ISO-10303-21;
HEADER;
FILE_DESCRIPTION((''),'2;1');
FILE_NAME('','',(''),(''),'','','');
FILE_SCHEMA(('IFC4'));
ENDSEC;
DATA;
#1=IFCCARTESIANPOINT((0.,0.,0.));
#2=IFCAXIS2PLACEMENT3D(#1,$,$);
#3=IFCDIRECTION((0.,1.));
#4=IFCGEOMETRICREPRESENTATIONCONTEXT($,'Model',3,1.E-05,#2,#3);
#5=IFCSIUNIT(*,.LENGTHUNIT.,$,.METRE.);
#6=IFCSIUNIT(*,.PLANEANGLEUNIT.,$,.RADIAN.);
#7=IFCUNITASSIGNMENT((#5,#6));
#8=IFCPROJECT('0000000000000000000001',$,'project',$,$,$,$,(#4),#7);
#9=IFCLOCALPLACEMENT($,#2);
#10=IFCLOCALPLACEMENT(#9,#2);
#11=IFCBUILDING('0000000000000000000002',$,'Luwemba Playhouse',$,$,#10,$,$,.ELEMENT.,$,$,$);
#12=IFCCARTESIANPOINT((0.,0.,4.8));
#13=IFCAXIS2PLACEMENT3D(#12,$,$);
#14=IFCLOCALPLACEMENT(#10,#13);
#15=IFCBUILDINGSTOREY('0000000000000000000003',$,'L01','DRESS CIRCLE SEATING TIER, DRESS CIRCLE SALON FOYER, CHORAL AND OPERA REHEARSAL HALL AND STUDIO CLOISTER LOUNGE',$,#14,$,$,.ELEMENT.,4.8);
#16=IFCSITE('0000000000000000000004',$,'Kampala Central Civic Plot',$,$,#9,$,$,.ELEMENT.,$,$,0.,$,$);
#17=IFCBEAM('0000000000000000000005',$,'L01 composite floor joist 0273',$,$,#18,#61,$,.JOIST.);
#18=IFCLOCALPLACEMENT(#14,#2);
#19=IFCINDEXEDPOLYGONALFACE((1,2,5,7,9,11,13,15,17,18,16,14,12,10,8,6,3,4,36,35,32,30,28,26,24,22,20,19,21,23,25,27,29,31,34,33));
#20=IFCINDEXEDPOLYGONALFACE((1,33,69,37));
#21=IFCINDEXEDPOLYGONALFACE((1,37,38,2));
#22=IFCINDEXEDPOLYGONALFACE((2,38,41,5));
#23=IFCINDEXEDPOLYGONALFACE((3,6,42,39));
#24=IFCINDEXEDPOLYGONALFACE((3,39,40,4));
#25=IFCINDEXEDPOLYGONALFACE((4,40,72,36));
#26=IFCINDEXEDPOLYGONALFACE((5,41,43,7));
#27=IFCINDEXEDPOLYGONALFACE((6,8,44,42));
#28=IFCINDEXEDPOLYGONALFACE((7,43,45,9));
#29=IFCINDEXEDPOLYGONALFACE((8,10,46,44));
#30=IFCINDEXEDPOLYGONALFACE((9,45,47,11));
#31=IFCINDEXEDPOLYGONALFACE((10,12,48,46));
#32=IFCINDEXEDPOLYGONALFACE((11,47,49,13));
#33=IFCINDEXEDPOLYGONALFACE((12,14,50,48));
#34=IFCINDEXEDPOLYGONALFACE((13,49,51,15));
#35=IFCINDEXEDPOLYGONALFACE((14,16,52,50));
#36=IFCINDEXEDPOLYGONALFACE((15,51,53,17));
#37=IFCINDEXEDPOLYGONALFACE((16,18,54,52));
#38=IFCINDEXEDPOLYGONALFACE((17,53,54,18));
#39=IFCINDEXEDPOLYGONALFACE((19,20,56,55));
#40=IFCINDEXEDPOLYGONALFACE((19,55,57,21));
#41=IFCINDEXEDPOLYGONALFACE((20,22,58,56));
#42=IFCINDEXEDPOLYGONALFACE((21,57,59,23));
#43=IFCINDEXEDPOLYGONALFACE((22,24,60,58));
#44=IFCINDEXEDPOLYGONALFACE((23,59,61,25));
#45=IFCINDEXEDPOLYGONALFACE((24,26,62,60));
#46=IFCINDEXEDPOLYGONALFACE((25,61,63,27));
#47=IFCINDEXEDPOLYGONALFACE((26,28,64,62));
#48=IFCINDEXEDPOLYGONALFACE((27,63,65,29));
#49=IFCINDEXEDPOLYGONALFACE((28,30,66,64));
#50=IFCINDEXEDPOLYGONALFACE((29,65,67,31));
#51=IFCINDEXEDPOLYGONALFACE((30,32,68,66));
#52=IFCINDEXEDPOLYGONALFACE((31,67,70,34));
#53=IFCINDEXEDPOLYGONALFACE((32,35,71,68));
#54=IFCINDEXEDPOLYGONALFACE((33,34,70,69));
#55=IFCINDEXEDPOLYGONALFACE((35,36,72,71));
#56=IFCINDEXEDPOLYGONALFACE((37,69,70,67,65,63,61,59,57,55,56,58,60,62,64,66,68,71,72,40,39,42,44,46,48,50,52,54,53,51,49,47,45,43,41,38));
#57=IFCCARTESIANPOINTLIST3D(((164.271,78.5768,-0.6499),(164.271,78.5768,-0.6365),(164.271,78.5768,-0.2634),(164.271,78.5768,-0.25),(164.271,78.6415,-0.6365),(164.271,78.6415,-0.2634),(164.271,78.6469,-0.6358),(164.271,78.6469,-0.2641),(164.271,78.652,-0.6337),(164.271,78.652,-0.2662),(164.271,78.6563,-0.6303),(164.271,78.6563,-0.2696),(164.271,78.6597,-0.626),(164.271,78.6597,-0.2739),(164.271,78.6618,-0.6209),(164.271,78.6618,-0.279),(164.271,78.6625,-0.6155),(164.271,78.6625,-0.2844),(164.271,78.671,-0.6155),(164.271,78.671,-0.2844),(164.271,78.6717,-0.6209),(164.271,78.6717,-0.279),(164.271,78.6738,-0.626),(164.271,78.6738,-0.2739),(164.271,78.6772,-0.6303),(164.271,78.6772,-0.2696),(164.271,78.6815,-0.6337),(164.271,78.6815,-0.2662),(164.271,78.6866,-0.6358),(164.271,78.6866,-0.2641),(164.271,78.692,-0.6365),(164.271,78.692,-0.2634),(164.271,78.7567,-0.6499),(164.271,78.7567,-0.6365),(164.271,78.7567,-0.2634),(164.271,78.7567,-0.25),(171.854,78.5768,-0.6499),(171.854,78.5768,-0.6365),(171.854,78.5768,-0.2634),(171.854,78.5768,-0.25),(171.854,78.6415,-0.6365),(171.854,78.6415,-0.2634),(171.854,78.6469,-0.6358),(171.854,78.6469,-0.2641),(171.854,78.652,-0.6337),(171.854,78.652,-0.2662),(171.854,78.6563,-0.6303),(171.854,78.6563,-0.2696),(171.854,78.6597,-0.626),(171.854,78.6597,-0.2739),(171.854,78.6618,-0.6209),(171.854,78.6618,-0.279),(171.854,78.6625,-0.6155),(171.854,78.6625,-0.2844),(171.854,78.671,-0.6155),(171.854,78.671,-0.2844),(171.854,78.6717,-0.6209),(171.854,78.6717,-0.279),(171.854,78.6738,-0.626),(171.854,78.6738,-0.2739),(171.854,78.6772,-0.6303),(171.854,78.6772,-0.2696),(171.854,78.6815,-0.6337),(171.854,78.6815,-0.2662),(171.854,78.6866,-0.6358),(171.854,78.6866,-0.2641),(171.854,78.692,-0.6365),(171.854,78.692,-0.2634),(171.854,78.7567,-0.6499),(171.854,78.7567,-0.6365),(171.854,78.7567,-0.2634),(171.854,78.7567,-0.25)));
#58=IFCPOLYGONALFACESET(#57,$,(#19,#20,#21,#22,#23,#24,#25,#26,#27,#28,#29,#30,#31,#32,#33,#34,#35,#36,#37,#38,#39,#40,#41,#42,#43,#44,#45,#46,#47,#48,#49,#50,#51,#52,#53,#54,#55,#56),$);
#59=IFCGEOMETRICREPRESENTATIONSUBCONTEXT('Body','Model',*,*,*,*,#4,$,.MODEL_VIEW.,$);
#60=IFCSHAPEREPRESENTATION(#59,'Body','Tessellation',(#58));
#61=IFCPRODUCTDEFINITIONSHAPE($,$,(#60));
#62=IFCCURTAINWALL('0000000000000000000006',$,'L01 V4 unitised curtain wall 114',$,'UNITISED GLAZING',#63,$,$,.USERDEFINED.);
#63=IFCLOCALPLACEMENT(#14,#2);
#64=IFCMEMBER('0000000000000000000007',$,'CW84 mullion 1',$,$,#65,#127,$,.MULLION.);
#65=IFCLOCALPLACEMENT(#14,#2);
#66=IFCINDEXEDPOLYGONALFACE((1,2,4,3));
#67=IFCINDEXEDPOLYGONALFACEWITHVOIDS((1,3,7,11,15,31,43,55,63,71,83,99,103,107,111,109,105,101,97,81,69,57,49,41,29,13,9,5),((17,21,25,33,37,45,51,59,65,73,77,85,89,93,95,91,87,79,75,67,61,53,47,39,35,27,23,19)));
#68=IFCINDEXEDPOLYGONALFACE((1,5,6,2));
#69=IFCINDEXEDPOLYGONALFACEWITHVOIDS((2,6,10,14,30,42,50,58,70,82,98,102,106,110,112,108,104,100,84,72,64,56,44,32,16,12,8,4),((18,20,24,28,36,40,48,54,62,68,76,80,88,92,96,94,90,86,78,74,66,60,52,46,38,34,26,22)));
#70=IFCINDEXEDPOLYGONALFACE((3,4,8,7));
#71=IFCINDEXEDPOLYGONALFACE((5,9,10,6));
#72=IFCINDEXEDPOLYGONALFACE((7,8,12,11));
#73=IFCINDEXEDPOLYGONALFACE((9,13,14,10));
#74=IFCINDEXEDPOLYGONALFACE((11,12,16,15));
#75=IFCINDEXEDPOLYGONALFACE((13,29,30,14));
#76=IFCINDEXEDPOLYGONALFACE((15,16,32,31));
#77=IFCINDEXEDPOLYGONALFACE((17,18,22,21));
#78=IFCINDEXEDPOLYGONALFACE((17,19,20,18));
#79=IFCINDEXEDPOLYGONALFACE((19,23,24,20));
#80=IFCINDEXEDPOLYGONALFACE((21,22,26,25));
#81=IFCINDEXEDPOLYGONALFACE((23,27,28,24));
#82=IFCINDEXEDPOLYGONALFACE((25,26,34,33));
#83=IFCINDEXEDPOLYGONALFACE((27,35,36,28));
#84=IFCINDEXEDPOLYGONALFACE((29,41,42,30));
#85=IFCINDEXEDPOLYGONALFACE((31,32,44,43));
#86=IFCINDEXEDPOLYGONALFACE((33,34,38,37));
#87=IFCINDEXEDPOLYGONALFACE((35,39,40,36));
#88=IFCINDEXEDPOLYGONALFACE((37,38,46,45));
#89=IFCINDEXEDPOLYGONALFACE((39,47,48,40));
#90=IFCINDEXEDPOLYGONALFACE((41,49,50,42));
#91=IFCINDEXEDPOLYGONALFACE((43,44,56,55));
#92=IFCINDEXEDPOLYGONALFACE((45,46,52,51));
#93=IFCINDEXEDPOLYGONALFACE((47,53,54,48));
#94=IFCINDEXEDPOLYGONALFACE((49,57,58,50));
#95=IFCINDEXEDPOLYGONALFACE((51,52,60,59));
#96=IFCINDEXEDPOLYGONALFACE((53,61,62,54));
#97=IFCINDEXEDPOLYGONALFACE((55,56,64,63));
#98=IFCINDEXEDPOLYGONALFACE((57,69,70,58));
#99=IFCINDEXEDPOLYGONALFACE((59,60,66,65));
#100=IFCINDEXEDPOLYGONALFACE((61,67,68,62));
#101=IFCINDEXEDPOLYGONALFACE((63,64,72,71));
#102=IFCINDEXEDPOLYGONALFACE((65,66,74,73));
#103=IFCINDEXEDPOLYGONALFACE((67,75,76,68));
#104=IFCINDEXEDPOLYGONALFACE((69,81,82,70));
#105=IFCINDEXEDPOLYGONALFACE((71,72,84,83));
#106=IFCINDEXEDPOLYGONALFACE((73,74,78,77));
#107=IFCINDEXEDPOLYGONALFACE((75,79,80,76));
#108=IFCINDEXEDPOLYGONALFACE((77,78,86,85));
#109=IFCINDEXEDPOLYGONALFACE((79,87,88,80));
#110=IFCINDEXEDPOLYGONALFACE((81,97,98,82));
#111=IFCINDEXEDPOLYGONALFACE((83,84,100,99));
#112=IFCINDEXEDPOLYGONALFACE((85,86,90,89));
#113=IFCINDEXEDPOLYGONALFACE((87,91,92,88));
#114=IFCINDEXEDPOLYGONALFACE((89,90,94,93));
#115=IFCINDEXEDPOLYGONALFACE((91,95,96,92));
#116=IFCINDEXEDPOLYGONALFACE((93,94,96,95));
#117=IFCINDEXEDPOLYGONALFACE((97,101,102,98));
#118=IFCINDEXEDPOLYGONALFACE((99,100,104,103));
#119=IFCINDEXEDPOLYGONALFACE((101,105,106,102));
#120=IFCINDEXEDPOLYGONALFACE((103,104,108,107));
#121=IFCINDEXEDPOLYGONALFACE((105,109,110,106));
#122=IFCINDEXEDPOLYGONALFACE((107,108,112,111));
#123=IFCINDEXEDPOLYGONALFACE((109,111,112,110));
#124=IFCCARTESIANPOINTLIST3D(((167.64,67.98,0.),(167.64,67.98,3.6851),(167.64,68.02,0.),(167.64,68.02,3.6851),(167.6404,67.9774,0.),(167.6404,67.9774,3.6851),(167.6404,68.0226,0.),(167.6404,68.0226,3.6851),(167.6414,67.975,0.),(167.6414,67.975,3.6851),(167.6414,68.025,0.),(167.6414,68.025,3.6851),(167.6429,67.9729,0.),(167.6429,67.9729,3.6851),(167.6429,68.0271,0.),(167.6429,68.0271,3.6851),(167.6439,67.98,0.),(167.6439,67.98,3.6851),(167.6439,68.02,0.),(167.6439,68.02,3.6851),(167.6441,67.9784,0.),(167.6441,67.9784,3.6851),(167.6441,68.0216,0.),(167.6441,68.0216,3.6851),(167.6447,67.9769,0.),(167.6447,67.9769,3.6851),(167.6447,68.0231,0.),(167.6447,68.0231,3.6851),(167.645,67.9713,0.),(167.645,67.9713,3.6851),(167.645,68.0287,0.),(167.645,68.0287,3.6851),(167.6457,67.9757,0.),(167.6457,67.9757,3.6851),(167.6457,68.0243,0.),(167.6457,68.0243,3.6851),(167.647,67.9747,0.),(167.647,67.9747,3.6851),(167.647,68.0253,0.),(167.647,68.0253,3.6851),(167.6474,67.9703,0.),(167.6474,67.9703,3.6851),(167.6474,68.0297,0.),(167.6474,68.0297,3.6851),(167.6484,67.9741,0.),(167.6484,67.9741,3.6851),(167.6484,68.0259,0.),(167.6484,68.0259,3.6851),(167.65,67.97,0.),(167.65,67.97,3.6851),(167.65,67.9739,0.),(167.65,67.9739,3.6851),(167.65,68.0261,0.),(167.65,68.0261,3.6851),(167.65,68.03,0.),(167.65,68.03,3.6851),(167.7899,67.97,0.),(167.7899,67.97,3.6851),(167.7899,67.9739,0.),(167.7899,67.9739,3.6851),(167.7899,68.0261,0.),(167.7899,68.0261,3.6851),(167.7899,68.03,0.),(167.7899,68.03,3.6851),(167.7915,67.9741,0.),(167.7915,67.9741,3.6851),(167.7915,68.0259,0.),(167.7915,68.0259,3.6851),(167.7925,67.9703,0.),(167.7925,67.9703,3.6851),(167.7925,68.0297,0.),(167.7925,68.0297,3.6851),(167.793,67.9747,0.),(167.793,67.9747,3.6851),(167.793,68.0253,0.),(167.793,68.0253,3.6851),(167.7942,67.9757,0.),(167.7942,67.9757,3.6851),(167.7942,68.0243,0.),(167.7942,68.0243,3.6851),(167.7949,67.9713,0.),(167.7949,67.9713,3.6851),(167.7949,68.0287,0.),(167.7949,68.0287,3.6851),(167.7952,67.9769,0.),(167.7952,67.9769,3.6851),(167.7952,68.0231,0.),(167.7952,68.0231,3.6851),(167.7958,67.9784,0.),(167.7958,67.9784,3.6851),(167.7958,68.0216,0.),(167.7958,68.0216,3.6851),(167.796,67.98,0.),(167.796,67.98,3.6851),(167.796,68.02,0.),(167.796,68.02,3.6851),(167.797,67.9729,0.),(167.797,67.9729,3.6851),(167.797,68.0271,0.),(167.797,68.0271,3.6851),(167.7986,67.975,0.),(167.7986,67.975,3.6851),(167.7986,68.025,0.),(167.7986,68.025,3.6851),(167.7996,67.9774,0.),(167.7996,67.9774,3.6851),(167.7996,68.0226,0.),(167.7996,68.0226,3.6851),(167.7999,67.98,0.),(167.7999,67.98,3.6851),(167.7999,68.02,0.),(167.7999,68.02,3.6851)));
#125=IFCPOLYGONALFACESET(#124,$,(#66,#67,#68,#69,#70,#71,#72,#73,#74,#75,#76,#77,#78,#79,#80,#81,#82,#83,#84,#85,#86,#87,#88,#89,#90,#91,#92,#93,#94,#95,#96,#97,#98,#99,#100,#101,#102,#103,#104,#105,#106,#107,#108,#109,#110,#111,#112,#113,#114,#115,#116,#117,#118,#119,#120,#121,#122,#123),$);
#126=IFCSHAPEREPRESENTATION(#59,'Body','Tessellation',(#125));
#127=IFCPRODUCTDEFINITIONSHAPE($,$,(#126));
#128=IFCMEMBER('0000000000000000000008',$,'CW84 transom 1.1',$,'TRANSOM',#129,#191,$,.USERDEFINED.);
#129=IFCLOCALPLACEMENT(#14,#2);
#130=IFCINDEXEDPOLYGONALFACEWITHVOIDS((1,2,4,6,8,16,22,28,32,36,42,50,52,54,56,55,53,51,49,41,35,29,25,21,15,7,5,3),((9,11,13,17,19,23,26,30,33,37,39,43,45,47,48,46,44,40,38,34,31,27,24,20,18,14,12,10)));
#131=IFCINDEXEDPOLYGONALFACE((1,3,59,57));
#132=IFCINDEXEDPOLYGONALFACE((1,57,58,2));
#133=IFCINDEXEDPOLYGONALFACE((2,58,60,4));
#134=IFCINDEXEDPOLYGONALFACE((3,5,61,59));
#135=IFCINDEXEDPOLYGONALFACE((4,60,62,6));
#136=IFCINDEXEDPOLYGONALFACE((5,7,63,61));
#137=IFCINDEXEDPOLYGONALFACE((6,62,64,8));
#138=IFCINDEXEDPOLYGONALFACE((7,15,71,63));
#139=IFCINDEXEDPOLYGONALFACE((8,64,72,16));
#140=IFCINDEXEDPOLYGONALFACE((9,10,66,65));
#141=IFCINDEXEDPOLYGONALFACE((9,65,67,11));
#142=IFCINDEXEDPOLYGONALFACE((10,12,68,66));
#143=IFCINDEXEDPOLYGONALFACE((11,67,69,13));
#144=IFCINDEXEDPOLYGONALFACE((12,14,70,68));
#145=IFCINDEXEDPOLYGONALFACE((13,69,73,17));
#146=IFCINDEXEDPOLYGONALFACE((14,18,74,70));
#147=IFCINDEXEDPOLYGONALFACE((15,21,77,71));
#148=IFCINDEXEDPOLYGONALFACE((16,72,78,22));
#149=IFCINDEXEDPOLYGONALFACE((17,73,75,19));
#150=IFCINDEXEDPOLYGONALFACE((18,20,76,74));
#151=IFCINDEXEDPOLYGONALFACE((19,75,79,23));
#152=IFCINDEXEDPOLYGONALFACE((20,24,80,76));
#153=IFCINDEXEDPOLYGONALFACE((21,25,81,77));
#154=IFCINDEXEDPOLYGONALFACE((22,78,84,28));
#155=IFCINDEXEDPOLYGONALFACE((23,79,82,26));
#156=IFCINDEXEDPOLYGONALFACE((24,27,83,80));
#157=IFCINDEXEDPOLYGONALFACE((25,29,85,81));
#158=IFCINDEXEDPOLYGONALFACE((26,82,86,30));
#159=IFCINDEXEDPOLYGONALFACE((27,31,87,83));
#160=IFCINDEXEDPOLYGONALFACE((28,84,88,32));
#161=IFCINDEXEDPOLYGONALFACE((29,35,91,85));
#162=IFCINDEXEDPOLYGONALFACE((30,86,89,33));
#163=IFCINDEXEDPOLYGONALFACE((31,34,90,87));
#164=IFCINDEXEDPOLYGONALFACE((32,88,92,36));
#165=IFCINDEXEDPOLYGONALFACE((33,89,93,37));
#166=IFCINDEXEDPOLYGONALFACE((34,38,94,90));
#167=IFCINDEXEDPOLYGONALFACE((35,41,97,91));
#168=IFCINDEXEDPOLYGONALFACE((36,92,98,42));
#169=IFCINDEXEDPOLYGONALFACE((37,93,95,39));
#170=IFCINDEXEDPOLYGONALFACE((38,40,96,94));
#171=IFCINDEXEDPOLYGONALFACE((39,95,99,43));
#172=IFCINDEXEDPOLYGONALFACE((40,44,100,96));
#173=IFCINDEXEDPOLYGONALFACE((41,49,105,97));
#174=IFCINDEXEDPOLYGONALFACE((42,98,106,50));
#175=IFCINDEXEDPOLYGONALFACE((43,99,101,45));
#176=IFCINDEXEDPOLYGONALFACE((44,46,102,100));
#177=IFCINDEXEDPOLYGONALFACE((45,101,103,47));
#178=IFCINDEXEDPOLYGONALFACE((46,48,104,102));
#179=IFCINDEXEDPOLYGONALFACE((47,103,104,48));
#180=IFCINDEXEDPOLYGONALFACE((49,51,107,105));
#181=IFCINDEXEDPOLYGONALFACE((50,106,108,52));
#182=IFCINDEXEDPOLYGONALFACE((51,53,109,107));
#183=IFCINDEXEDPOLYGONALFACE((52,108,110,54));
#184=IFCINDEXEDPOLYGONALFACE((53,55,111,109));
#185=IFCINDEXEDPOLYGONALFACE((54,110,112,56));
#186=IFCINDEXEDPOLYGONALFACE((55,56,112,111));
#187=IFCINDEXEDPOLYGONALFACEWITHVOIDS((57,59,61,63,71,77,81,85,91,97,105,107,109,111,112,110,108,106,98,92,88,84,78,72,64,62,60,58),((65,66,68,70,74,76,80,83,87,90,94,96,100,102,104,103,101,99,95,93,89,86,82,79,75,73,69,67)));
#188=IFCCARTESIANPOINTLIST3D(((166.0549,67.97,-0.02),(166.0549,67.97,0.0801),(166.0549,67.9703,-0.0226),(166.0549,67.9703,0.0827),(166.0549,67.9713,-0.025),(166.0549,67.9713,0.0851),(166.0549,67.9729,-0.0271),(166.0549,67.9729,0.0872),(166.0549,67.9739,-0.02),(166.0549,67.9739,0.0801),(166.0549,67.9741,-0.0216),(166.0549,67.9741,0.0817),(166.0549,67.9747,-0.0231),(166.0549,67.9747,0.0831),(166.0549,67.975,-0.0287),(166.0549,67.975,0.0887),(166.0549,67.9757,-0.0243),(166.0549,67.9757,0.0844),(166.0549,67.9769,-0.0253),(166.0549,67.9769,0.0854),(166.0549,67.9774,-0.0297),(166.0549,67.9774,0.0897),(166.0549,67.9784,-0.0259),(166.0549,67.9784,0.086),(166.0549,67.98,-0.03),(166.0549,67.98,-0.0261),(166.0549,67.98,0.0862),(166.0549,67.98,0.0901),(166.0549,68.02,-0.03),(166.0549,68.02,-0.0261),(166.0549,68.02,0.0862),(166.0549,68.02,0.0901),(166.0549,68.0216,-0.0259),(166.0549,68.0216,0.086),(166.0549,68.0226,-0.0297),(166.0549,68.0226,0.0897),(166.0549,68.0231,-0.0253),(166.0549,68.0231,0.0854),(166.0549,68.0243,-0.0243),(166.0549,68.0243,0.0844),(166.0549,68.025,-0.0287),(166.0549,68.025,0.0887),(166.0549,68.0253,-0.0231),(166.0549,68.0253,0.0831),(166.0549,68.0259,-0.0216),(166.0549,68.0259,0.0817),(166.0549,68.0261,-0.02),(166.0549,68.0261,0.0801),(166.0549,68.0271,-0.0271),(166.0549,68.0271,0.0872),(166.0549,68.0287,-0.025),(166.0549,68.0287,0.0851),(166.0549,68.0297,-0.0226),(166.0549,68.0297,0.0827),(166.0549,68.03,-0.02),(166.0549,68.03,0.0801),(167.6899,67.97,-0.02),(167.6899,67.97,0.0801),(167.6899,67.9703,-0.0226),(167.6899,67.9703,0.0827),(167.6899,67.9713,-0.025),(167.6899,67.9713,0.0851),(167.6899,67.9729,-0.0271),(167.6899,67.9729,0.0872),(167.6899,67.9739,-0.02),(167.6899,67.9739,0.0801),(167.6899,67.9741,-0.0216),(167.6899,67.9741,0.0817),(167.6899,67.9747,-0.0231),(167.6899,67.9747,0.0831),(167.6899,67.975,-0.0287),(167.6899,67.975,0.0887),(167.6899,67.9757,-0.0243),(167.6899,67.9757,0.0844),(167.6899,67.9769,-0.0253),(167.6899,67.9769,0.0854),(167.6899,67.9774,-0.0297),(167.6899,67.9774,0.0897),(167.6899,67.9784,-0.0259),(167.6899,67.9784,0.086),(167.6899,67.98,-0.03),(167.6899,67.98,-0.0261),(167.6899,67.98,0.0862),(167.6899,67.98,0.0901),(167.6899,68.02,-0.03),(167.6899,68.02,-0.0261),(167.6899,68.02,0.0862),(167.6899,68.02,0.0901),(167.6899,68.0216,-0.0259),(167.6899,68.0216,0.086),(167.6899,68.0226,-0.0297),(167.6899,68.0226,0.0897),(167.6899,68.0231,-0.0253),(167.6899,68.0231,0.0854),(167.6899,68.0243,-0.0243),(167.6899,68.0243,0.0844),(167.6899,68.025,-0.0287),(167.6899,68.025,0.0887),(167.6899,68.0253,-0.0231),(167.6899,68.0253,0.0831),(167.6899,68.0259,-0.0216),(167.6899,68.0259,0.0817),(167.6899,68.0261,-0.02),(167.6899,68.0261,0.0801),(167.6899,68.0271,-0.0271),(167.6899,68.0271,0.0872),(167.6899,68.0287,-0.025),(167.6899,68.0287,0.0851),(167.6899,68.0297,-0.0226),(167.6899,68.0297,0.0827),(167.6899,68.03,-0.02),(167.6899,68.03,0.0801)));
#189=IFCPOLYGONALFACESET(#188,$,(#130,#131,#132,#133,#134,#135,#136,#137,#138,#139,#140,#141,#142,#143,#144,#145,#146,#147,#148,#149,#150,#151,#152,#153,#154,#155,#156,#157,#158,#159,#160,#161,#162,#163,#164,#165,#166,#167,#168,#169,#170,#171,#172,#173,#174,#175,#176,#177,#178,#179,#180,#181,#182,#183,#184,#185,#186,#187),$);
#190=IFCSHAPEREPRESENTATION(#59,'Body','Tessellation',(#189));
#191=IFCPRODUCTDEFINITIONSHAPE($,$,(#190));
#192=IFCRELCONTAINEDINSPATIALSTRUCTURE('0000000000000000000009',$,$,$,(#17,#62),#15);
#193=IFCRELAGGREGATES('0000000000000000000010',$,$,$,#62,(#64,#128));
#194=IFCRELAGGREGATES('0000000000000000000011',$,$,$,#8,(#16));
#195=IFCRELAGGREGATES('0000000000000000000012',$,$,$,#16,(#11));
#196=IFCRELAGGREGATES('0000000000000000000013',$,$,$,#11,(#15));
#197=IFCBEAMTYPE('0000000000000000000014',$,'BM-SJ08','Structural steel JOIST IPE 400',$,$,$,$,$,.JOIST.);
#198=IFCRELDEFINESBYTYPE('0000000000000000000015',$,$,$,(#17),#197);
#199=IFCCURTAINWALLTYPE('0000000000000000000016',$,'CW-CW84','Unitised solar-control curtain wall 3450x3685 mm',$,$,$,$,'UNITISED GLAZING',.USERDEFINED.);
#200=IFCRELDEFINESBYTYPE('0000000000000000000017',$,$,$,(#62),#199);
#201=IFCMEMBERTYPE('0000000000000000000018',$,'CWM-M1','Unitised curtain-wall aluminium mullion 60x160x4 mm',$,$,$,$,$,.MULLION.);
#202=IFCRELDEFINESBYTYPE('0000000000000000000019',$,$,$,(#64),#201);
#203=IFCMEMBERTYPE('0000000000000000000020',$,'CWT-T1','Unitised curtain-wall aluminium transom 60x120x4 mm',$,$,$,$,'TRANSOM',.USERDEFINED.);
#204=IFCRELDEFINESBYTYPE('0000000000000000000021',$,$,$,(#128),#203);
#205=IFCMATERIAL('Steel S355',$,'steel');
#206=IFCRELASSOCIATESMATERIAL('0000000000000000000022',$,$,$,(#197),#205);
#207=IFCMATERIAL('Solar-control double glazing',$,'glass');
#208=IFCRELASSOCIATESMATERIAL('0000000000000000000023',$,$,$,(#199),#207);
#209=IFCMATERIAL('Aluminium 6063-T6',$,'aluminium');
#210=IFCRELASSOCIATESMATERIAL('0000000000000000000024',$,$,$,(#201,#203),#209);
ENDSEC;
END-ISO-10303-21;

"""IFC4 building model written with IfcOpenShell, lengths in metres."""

from ifc_helpers import new_model, si_unit, direction, frame, origin, origin_2d, place, context, subcontext, project, spatial, hollow_rectangle, i_section, extrude, material, material_profile, profile_set, type_object, element, aggregate, save


model = new_model("IFC4")

# Units and contexts
model_context = context("Model", 3, precision=1e-05, world=origin(), true_north=direction((0.0, 1.0)))
body_context = subcontext(model_context, "Body", "Model", "MODEL_VIEW")
ifc_project = project(units=[si_unit("LENGTHUNIT", "METRE"), si_unit("PLANEANGLEUNIT", "RADIAN")], contexts=[model_context])

# Site, building, storey
site_placement = place(None, origin())
site = spatial("IfcSite", under=ifc_project, at=site_placement, Name="Kampala Central Civic Plot", CompositionType="ELEMENT", RefElevation=0.0)
building_placement = place(site_placement, origin())
building = spatial("IfcBuilding", under=site, at=building_placement, Name="Luwemba Playhouse", CompositionType="ELEMENT")
storey_placement = place(building_placement, frame((0.0, 0.0, 4.8)))
storey = spatial("IfcBuildingStorey", under=building, at=storey_placement, Name="L01", Description="DRESS CIRCLE SEATING TIER, DRESS CIRCLE SALON FOYER, CHORAL AND OPERA REHEARSAL HALL AND STUDIO CLOISTER LOUNGE", CompositionType="ELEMENT", Elevation=4.8)

# Beam
ifc_material_1 = material(Name="Steel S355", Category="steel")
ifc_material_profile_1 = material_profile(ifc_material_1, i_section(OverallWidth=0.1799, OverallDepth=0.3999, WebThickness=0.0085, FlangeThickness=0.0134, FilletRadius=0.021, at=origin_2d()))
ifc_profile_set_1 = profile_set([ifc_material_profile_1], Name="Steel S355")
beam_type_1 = type_object("IfcBeamType", Name="BM-SJ08", Description="Structural steel JOIST IPE 400", PredefinedType="JOIST", material=ifc_profile_set_1)
beam_1_placement = place(storey_placement, frame((164.271, 78.6667, -0.45), z_axis=(1.0, 0.0, 0.0), x_axis=(0.0, 1.0, 0.0)))
element("IfcBeam", 1, at=beam_1_placement, inside=storey, type_object=beam_type_1, Name="L01 composite floor joist 0273", PredefinedType="JOIST", context=body_context, shape_type="SweptSolid", body=[
    extrude(i_section(OverallWidth=0.1799, OverallDepth=0.3999, WebThickness=0.0085, FlangeThickness=0.0134, FilletRadius=0.021, at=origin_2d()), origin(), (0.0, 0.0, 1.0), 7.583),
])

# Curtain wall, members
ifc_material_2 = material(Name="Solar-control double glazing", Category="glass")
curtain_wall_type = type_object("IfcCurtainWallType", Name="CW-CW84", Description="Unitised solar-control curtain wall 3450x3685 mm", ElementType="UNITISED GLAZING", PredefinedType="USERDEFINED", material=ifc_material_2)
curtain_wall_placement = place(storey_placement, origin())
curtain_wall = element("IfcCurtainWall", 2, at=curtain_wall_placement, inside=storey, type_object=curtain_wall_type, Name="L01 V4 unitised curtain wall 114", ObjectType="UNITISED GLAZING", PredefinedType="USERDEFINED")
ifc_material_3 = material(Name="Aluminium 6063-T6", Category="aluminium")
ifc_material_profile_2 = material_profile(ifc_material_3, hollow_rectangle(XDim=0.0601, YDim=0.1599, WallThickness=0.0039, InnerFilletRadius=0.0061, OuterFilletRadius=0.01, at=origin_2d()))
ifc_profile_set_2 = profile_set([ifc_material_profile_2], Name="Aluminium 6063-T6")
member_type_1 = type_object("IfcMemberType", Name="CWM-M1", Description="Unitised curtain-wall aluminium mullion 60x160x4 mm", PredefinedType="MULLION", material=ifc_profile_set_2)
member_1_placement = place(storey_placement, frame((167.72, 68.0, 0.0), z_axis=(0.0, 0.0, 1.0), x_axis=(0.0, -1.0, 0.0)))
member_1 = element("IfcMember", 3, at=member_1_placement, type_object=member_type_1, Name="CW84 mullion 1", PredefinedType="MULLION", context=body_context, shape_type="SweptSolid", body=[
    extrude(hollow_rectangle(XDim=0.0601, YDim=0.1599, WallThickness=0.0039, InnerFilletRadius=0.0061, OuterFilletRadius=0.01, at=origin_2d()), origin(), (0.0, 0.0, 1.0), 3.6851),
])
ifc_material_profile_3 = material_profile(ifc_material_3, hollow_rectangle(XDim=0.0601, YDim=0.1201, WallThickness=0.0039, InnerFilletRadius=0.0061, OuterFilletRadius=0.01, at=origin_2d()))
ifc_profile_set_3 = profile_set([ifc_material_profile_3], Name="Aluminium 6063-T6")
member_type_2 = type_object("IfcMemberType", Name="CWT-T1", Description="Unitised curtain-wall aluminium transom 60x120x4 mm", ElementType="TRANSOM", PredefinedType="USERDEFINED", material=ifc_profile_set_3)
member_2_placement = place(storey_placement, frame((167.6899, 68.0, 0.03), z_axis=(-1.0, 0.0, 0.0), x_axis=(0.0, -1.0, 0.0)))
member_2 = element("IfcMember", 4, at=member_2_placement, type_object=member_type_2, Name="CW84 transom 1.1", ObjectType="TRANSOM", PredefinedType="USERDEFINED", context=body_context, shape_type="SweptSolid", body=[
    extrude(hollow_rectangle(XDim=0.0601, YDim=0.1201, WallThickness=0.0039, InnerFilletRadius=0.0061, OuterFilletRadius=0.01, at=origin_2d()), origin(), (0.0, 0.0, 1.0), 1.635),
])
aggregate(curtain_wall, [member_1, member_2])

save(model, "model.ifc")
